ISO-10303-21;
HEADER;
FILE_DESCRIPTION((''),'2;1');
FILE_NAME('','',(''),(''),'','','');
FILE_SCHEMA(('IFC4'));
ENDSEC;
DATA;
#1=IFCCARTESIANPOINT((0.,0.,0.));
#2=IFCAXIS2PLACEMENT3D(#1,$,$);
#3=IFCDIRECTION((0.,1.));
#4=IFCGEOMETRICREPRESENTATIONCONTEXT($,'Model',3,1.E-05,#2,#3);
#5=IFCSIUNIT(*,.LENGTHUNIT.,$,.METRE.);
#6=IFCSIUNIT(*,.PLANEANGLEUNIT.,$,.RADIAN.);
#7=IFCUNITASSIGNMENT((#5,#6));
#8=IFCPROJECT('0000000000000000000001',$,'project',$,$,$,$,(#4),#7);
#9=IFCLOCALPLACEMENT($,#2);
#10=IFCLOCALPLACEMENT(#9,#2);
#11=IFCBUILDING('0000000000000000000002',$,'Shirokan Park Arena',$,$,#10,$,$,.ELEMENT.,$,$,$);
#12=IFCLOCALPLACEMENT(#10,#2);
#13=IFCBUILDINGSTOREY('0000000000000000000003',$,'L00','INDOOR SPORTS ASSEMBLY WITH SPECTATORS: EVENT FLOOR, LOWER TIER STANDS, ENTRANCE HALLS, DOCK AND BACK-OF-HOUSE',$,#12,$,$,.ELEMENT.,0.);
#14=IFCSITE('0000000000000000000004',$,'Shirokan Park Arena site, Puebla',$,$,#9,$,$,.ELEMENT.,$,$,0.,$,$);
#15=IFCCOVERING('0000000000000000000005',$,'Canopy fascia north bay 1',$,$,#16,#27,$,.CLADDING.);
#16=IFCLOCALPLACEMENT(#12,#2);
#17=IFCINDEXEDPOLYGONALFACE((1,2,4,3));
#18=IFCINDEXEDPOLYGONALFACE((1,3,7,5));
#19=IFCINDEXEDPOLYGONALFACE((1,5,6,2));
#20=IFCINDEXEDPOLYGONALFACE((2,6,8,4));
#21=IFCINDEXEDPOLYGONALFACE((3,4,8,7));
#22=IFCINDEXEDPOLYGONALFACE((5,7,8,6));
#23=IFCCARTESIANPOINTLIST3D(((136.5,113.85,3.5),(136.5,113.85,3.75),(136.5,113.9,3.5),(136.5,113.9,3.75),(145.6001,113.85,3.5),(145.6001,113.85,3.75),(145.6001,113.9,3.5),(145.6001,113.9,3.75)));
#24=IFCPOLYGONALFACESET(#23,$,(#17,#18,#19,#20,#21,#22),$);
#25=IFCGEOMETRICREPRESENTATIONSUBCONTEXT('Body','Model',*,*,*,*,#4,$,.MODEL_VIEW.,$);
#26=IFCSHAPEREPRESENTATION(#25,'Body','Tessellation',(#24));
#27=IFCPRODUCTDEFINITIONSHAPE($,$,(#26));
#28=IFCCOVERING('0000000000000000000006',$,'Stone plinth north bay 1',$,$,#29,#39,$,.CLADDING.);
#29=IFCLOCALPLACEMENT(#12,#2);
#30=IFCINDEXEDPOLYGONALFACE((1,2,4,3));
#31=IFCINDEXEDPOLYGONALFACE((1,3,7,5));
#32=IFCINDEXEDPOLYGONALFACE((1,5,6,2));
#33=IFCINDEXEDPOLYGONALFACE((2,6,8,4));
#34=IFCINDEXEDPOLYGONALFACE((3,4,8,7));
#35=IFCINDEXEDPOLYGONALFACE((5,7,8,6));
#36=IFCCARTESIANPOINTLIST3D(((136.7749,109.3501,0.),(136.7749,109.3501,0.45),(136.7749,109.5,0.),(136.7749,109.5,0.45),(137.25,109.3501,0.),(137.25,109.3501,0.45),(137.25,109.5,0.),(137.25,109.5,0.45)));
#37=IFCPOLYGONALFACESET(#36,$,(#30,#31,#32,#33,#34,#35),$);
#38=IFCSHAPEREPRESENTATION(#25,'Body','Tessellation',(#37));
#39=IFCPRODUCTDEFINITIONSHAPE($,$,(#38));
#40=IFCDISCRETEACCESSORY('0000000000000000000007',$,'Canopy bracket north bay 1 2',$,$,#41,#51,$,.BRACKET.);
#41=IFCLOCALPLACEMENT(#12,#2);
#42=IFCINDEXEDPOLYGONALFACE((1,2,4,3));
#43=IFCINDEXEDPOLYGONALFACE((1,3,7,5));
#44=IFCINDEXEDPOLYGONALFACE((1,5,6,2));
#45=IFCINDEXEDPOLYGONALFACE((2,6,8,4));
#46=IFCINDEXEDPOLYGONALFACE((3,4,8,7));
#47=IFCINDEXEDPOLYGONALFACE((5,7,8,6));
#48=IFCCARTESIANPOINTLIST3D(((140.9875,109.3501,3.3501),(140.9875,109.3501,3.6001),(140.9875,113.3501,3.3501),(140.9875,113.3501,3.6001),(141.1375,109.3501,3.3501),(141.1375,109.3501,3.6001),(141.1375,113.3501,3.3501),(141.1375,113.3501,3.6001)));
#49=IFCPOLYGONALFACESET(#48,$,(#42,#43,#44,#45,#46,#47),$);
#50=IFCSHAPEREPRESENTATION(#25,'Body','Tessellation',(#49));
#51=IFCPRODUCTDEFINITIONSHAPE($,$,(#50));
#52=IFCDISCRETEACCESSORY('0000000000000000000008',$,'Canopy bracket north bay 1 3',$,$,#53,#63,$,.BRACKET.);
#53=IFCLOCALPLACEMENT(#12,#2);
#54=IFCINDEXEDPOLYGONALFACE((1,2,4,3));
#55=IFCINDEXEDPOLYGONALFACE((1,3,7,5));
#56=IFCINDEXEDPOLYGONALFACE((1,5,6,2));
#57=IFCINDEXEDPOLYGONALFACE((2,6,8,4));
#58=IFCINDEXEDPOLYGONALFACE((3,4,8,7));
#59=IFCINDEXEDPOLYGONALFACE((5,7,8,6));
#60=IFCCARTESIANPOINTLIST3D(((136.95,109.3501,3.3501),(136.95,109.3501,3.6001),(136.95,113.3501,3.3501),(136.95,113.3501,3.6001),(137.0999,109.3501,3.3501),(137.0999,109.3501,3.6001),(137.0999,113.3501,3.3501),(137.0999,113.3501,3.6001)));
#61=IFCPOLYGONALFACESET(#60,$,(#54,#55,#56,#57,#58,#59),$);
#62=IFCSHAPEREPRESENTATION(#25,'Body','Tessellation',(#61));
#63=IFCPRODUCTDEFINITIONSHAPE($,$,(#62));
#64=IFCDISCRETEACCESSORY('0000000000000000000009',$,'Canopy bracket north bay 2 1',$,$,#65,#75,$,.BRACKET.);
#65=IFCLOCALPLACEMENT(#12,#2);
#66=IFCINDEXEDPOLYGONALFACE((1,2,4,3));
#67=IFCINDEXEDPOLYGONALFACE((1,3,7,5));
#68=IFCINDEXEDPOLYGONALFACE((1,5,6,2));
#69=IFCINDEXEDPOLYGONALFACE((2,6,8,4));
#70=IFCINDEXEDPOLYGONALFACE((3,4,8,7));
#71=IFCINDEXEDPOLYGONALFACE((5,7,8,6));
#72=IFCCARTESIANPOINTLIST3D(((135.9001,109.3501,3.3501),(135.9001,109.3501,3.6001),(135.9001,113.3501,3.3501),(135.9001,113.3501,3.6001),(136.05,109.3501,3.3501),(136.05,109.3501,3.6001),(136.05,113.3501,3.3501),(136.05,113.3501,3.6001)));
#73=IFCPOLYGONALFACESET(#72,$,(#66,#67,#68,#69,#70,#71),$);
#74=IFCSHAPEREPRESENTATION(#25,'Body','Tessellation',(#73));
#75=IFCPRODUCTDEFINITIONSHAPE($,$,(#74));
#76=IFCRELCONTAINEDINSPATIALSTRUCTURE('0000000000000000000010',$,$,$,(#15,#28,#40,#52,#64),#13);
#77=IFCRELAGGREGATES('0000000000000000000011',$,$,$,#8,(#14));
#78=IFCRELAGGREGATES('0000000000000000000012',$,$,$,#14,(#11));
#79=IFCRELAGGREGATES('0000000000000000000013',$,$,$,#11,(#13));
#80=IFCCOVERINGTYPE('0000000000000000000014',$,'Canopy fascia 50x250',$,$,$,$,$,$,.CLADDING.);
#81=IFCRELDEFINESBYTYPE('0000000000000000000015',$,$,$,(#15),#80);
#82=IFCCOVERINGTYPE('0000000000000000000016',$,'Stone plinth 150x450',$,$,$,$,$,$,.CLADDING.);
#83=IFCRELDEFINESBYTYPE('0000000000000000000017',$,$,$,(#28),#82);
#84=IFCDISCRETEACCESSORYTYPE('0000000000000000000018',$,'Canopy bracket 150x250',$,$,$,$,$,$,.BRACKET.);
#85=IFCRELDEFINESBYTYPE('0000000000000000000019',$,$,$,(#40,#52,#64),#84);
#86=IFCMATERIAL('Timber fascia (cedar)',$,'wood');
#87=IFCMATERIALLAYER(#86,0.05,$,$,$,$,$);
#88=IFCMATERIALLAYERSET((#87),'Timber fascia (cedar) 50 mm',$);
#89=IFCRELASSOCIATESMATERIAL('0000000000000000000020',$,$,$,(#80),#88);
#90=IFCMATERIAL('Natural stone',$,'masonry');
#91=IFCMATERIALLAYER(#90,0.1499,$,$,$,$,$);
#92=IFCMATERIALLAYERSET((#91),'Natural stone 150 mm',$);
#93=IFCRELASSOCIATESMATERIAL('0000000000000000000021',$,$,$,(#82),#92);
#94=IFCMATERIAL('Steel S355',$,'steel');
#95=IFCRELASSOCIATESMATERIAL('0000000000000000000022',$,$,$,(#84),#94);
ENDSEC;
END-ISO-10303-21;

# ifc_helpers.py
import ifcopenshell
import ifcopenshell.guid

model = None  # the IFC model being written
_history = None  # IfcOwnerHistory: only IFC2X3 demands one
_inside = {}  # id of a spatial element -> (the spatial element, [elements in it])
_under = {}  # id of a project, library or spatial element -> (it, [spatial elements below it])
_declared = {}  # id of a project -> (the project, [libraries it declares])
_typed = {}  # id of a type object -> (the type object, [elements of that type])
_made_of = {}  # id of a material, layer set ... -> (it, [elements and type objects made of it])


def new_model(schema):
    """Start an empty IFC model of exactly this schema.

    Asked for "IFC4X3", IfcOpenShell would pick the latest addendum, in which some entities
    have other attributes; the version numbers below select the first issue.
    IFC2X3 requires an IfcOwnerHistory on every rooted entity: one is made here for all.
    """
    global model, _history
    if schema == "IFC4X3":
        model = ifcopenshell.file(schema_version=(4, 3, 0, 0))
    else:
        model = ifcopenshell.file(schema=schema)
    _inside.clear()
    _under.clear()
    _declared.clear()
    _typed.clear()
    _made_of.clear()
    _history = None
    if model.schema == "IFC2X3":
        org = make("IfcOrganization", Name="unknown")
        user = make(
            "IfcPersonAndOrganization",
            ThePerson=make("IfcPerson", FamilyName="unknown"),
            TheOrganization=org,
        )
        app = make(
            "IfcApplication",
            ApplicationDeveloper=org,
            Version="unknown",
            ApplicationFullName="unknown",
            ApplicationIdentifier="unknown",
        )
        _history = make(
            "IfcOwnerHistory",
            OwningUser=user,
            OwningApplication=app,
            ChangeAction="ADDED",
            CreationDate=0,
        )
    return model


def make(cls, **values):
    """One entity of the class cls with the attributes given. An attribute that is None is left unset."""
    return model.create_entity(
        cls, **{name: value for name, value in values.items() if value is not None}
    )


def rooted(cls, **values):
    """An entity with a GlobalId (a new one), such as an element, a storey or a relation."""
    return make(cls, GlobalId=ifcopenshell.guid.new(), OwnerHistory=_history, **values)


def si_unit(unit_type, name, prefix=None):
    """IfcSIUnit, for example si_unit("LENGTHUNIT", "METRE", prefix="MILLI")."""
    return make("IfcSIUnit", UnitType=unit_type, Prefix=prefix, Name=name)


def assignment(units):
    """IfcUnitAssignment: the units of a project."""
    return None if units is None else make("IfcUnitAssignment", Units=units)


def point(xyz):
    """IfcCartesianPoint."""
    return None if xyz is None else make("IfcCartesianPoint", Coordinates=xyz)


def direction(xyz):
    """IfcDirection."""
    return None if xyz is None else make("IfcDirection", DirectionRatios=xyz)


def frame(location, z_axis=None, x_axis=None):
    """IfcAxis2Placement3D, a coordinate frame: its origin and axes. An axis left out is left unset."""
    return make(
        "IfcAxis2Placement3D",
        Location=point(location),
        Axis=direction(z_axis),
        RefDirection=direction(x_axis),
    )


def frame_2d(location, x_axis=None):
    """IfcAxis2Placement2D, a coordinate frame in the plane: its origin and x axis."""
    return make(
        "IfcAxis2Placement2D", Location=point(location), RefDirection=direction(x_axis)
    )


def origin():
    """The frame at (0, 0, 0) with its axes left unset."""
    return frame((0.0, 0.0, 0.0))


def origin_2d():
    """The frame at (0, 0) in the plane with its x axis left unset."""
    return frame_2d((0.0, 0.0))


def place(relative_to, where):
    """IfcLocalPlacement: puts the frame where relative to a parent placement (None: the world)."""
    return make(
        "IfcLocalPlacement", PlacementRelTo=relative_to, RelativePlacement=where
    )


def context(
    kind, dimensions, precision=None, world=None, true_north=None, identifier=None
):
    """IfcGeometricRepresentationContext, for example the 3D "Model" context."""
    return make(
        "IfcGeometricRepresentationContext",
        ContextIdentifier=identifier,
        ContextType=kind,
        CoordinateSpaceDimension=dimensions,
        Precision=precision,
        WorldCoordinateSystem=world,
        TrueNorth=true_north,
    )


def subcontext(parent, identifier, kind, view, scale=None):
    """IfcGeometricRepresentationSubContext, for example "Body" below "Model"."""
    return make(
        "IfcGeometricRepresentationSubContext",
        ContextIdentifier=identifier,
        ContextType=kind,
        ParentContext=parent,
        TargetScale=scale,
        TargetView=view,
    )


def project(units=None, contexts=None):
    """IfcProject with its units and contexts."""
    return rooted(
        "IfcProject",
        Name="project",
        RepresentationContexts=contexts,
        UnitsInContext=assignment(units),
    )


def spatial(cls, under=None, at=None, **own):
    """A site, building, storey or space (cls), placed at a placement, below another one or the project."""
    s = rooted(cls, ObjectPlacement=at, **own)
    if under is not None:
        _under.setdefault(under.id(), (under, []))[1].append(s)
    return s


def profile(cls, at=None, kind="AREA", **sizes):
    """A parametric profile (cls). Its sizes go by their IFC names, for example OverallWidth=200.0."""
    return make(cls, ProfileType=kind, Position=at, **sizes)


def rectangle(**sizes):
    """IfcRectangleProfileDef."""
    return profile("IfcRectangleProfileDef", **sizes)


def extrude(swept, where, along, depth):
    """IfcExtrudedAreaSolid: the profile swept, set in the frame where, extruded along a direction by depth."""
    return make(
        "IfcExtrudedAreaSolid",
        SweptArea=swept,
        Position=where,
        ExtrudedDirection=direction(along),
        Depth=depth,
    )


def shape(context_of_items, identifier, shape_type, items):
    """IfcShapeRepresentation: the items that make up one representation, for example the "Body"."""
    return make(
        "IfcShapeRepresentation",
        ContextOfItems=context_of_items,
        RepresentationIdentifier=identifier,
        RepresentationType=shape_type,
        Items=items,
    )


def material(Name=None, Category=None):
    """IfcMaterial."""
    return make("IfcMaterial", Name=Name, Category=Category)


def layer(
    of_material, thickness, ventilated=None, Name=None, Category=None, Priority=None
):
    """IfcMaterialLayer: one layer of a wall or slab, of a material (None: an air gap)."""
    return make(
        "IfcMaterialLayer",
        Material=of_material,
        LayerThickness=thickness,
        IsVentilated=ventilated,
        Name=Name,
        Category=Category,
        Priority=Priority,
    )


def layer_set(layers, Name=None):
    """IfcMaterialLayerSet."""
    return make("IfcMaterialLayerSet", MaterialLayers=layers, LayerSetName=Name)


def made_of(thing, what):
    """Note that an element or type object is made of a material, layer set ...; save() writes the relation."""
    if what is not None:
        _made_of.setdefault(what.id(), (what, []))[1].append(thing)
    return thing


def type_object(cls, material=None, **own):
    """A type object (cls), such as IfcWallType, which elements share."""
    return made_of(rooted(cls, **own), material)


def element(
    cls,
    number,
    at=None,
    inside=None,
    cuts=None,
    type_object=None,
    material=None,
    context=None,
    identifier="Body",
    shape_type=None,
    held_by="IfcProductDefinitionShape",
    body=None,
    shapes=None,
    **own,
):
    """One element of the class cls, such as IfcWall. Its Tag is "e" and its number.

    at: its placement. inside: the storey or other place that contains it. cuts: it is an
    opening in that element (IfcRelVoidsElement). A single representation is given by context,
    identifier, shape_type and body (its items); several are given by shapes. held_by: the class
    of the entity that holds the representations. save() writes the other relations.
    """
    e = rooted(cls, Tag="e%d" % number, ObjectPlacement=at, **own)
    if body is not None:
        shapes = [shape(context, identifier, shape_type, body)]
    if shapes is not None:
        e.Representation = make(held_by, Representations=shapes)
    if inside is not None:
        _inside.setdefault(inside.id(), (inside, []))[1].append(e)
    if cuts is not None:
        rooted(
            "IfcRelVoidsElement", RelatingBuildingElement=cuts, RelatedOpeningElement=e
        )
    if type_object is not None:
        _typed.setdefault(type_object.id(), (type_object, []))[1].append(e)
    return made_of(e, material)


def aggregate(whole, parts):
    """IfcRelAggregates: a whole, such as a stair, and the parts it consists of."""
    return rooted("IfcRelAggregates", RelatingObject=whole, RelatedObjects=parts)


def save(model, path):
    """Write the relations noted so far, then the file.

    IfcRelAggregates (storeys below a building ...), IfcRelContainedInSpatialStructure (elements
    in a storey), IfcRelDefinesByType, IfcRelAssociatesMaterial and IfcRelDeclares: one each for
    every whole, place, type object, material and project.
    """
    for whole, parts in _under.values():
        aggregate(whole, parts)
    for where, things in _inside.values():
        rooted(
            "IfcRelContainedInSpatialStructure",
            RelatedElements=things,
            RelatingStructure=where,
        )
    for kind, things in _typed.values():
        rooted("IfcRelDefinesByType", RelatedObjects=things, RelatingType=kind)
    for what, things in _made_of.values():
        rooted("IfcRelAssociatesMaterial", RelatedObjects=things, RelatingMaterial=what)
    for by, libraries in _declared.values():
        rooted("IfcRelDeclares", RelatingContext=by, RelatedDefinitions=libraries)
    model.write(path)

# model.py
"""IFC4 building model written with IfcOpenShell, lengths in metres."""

from ifc_helpers import new_model, si_unit, direction, frame, origin, origin_2d, place, context, subcontext, project, spatial, rectangle, extrude, material, layer, layer_set, type_object, element, save


model = new_model("IFC4")

# Units and contexts
model_context = context("Model", 3, precision=1e-05, world=origin(), true_north=direction((0.0, 1.0)))
body_context = subcontext(model_context, "Body", "Model", "MODEL_VIEW")
ifc_project = project(units=[si_unit("LENGTHUNIT", "METRE"), si_unit("PLANEANGLEUNIT", "RADIAN")], contexts=[model_context])

# Site, building, storey
site_placement = place(None, origin())
site = spatial("IfcSite", under=ifc_project, at=site_placement, Name="Shirokan Park Arena site, Puebla", CompositionType="ELEMENT", RefElevation=0.0)
building_placement = place(site_placement, origin())
building = spatial("IfcBuilding", under=site, at=building_placement, Name="Shirokan Park Arena", CompositionType="ELEMENT")
storey_placement = place(building_placement, origin())
storey = spatial("IfcBuildingStorey", under=building, at=storey_placement, Name="L00", Description="INDOOR SPORTS ASSEMBLY WITH SPECTATORS: EVENT FLOOR, LOWER TIER STANDS, ENTRANCE HALLS, DOCK AND BACK-OF-HOUSE", CompositionType="ELEMENT", Elevation=0.0)

# Shared definitions
ifc_material_1 = material(Name="Steel S355", Category="steel")

# Covering
ifc_material_2 = material(Name="Timber fascia (cedar)", Category="wood")
ifc_layer_1 = layer(ifc_material_2, 0.05)
ifc_layer_set_1 = layer_set([ifc_layer_1], Name="Timber fascia (cedar) 50 mm")
covering_type_1 = type_object("IfcCoveringType", Name="Canopy fascia 50x250", PredefinedType="CLADDING", material=ifc_layer_set_1)
covering_1_placement = place(storey_placement, frame((141.05, 113.875, 3.5), z_axis=(0.0, 0.0, 1.0), x_axis=(-1.0, 0.0, 0.0)))
element("IfcCovering", 1, at=covering_1_placement, inside=storey, type_object=covering_type_1, Name="Canopy fascia north bay 1", PredefinedType="CLADDING", context=body_context, shape_type="SweptSolid", body=[
    extrude(rectangle(XDim=9.1001, YDim=0.05, at=origin_2d()), origin(), (0.0, 0.0, 1.0), 0.25),
])

# Covering
ifc_material_3 = material(Name="Natural stone", Category="masonry")
ifc_layer_2 = layer(ifc_material_3, 0.1499)
ifc_layer_set_2 = layer_set([ifc_layer_2], Name="Natural stone 150 mm")
covering_type_2 = type_object("IfcCoveringType", Name="Stone plinth 150x450", PredefinedType="CLADDING", material=ifc_layer_set_2)
covering_2_placement = place(storey_placement, frame((137.0125, 109.425, 0.0), z_axis=(0.0, 0.0, 1.0), x_axis=(-1.0, 0.0, 0.0)))
element("IfcCovering", 2, at=covering_2_placement, inside=storey, type_object=covering_type_2, Name="Stone plinth north bay 1", PredefinedType="CLADDING", context=body_context, shape_type="SweptSolid", body=[
    extrude(rectangle(XDim=0.4751, YDim=0.1499, at=origin_2d()), origin(), (0.0, 0.0, 1.0), 0.45),
])

# Discrete accessories
discrete_accessory_type = type_object("IfcDiscreteAccessoryType", Name="Canopy bracket 150x250", PredefinedType="BRACKET", material=ifc_material_1)
for number, where, z_axis, x_axis, name in (
    (3, (141.0625, 111.3501, 3.3501), (0.0, 0.0, 1.0), (-1.0, 0.0, 0.0), "Canopy bracket north bay 1 2"),
    (4, (137.0249, 111.3501, 3.3501), (0.0, 0.0, 1.0), (-1.0, 0.0, 0.0), "Canopy bracket north bay 1 3"),
    (5, (135.9751, 111.3501, 3.3501), (0.0, 0.0, 1.0), (-1.0, 0.0, 0.0), "Canopy bracket north bay 2 1"),
):
    element("IfcDiscreteAccessory", number, at=place(storey_placement, frame(where, z_axis=z_axis, x_axis=x_axis)), inside=storey, type_object=discrete_accessory_type, Name=name, PredefinedType="BRACKET", context=body_context, shape_type="SweptSolid", body=[
        extrude(rectangle(XDim=0.1499, YDim=4.0, at=origin_2d()), origin(), (0.0, 0.0, 1.0), 0.25),
    ])

save(model, "model.ifc")
